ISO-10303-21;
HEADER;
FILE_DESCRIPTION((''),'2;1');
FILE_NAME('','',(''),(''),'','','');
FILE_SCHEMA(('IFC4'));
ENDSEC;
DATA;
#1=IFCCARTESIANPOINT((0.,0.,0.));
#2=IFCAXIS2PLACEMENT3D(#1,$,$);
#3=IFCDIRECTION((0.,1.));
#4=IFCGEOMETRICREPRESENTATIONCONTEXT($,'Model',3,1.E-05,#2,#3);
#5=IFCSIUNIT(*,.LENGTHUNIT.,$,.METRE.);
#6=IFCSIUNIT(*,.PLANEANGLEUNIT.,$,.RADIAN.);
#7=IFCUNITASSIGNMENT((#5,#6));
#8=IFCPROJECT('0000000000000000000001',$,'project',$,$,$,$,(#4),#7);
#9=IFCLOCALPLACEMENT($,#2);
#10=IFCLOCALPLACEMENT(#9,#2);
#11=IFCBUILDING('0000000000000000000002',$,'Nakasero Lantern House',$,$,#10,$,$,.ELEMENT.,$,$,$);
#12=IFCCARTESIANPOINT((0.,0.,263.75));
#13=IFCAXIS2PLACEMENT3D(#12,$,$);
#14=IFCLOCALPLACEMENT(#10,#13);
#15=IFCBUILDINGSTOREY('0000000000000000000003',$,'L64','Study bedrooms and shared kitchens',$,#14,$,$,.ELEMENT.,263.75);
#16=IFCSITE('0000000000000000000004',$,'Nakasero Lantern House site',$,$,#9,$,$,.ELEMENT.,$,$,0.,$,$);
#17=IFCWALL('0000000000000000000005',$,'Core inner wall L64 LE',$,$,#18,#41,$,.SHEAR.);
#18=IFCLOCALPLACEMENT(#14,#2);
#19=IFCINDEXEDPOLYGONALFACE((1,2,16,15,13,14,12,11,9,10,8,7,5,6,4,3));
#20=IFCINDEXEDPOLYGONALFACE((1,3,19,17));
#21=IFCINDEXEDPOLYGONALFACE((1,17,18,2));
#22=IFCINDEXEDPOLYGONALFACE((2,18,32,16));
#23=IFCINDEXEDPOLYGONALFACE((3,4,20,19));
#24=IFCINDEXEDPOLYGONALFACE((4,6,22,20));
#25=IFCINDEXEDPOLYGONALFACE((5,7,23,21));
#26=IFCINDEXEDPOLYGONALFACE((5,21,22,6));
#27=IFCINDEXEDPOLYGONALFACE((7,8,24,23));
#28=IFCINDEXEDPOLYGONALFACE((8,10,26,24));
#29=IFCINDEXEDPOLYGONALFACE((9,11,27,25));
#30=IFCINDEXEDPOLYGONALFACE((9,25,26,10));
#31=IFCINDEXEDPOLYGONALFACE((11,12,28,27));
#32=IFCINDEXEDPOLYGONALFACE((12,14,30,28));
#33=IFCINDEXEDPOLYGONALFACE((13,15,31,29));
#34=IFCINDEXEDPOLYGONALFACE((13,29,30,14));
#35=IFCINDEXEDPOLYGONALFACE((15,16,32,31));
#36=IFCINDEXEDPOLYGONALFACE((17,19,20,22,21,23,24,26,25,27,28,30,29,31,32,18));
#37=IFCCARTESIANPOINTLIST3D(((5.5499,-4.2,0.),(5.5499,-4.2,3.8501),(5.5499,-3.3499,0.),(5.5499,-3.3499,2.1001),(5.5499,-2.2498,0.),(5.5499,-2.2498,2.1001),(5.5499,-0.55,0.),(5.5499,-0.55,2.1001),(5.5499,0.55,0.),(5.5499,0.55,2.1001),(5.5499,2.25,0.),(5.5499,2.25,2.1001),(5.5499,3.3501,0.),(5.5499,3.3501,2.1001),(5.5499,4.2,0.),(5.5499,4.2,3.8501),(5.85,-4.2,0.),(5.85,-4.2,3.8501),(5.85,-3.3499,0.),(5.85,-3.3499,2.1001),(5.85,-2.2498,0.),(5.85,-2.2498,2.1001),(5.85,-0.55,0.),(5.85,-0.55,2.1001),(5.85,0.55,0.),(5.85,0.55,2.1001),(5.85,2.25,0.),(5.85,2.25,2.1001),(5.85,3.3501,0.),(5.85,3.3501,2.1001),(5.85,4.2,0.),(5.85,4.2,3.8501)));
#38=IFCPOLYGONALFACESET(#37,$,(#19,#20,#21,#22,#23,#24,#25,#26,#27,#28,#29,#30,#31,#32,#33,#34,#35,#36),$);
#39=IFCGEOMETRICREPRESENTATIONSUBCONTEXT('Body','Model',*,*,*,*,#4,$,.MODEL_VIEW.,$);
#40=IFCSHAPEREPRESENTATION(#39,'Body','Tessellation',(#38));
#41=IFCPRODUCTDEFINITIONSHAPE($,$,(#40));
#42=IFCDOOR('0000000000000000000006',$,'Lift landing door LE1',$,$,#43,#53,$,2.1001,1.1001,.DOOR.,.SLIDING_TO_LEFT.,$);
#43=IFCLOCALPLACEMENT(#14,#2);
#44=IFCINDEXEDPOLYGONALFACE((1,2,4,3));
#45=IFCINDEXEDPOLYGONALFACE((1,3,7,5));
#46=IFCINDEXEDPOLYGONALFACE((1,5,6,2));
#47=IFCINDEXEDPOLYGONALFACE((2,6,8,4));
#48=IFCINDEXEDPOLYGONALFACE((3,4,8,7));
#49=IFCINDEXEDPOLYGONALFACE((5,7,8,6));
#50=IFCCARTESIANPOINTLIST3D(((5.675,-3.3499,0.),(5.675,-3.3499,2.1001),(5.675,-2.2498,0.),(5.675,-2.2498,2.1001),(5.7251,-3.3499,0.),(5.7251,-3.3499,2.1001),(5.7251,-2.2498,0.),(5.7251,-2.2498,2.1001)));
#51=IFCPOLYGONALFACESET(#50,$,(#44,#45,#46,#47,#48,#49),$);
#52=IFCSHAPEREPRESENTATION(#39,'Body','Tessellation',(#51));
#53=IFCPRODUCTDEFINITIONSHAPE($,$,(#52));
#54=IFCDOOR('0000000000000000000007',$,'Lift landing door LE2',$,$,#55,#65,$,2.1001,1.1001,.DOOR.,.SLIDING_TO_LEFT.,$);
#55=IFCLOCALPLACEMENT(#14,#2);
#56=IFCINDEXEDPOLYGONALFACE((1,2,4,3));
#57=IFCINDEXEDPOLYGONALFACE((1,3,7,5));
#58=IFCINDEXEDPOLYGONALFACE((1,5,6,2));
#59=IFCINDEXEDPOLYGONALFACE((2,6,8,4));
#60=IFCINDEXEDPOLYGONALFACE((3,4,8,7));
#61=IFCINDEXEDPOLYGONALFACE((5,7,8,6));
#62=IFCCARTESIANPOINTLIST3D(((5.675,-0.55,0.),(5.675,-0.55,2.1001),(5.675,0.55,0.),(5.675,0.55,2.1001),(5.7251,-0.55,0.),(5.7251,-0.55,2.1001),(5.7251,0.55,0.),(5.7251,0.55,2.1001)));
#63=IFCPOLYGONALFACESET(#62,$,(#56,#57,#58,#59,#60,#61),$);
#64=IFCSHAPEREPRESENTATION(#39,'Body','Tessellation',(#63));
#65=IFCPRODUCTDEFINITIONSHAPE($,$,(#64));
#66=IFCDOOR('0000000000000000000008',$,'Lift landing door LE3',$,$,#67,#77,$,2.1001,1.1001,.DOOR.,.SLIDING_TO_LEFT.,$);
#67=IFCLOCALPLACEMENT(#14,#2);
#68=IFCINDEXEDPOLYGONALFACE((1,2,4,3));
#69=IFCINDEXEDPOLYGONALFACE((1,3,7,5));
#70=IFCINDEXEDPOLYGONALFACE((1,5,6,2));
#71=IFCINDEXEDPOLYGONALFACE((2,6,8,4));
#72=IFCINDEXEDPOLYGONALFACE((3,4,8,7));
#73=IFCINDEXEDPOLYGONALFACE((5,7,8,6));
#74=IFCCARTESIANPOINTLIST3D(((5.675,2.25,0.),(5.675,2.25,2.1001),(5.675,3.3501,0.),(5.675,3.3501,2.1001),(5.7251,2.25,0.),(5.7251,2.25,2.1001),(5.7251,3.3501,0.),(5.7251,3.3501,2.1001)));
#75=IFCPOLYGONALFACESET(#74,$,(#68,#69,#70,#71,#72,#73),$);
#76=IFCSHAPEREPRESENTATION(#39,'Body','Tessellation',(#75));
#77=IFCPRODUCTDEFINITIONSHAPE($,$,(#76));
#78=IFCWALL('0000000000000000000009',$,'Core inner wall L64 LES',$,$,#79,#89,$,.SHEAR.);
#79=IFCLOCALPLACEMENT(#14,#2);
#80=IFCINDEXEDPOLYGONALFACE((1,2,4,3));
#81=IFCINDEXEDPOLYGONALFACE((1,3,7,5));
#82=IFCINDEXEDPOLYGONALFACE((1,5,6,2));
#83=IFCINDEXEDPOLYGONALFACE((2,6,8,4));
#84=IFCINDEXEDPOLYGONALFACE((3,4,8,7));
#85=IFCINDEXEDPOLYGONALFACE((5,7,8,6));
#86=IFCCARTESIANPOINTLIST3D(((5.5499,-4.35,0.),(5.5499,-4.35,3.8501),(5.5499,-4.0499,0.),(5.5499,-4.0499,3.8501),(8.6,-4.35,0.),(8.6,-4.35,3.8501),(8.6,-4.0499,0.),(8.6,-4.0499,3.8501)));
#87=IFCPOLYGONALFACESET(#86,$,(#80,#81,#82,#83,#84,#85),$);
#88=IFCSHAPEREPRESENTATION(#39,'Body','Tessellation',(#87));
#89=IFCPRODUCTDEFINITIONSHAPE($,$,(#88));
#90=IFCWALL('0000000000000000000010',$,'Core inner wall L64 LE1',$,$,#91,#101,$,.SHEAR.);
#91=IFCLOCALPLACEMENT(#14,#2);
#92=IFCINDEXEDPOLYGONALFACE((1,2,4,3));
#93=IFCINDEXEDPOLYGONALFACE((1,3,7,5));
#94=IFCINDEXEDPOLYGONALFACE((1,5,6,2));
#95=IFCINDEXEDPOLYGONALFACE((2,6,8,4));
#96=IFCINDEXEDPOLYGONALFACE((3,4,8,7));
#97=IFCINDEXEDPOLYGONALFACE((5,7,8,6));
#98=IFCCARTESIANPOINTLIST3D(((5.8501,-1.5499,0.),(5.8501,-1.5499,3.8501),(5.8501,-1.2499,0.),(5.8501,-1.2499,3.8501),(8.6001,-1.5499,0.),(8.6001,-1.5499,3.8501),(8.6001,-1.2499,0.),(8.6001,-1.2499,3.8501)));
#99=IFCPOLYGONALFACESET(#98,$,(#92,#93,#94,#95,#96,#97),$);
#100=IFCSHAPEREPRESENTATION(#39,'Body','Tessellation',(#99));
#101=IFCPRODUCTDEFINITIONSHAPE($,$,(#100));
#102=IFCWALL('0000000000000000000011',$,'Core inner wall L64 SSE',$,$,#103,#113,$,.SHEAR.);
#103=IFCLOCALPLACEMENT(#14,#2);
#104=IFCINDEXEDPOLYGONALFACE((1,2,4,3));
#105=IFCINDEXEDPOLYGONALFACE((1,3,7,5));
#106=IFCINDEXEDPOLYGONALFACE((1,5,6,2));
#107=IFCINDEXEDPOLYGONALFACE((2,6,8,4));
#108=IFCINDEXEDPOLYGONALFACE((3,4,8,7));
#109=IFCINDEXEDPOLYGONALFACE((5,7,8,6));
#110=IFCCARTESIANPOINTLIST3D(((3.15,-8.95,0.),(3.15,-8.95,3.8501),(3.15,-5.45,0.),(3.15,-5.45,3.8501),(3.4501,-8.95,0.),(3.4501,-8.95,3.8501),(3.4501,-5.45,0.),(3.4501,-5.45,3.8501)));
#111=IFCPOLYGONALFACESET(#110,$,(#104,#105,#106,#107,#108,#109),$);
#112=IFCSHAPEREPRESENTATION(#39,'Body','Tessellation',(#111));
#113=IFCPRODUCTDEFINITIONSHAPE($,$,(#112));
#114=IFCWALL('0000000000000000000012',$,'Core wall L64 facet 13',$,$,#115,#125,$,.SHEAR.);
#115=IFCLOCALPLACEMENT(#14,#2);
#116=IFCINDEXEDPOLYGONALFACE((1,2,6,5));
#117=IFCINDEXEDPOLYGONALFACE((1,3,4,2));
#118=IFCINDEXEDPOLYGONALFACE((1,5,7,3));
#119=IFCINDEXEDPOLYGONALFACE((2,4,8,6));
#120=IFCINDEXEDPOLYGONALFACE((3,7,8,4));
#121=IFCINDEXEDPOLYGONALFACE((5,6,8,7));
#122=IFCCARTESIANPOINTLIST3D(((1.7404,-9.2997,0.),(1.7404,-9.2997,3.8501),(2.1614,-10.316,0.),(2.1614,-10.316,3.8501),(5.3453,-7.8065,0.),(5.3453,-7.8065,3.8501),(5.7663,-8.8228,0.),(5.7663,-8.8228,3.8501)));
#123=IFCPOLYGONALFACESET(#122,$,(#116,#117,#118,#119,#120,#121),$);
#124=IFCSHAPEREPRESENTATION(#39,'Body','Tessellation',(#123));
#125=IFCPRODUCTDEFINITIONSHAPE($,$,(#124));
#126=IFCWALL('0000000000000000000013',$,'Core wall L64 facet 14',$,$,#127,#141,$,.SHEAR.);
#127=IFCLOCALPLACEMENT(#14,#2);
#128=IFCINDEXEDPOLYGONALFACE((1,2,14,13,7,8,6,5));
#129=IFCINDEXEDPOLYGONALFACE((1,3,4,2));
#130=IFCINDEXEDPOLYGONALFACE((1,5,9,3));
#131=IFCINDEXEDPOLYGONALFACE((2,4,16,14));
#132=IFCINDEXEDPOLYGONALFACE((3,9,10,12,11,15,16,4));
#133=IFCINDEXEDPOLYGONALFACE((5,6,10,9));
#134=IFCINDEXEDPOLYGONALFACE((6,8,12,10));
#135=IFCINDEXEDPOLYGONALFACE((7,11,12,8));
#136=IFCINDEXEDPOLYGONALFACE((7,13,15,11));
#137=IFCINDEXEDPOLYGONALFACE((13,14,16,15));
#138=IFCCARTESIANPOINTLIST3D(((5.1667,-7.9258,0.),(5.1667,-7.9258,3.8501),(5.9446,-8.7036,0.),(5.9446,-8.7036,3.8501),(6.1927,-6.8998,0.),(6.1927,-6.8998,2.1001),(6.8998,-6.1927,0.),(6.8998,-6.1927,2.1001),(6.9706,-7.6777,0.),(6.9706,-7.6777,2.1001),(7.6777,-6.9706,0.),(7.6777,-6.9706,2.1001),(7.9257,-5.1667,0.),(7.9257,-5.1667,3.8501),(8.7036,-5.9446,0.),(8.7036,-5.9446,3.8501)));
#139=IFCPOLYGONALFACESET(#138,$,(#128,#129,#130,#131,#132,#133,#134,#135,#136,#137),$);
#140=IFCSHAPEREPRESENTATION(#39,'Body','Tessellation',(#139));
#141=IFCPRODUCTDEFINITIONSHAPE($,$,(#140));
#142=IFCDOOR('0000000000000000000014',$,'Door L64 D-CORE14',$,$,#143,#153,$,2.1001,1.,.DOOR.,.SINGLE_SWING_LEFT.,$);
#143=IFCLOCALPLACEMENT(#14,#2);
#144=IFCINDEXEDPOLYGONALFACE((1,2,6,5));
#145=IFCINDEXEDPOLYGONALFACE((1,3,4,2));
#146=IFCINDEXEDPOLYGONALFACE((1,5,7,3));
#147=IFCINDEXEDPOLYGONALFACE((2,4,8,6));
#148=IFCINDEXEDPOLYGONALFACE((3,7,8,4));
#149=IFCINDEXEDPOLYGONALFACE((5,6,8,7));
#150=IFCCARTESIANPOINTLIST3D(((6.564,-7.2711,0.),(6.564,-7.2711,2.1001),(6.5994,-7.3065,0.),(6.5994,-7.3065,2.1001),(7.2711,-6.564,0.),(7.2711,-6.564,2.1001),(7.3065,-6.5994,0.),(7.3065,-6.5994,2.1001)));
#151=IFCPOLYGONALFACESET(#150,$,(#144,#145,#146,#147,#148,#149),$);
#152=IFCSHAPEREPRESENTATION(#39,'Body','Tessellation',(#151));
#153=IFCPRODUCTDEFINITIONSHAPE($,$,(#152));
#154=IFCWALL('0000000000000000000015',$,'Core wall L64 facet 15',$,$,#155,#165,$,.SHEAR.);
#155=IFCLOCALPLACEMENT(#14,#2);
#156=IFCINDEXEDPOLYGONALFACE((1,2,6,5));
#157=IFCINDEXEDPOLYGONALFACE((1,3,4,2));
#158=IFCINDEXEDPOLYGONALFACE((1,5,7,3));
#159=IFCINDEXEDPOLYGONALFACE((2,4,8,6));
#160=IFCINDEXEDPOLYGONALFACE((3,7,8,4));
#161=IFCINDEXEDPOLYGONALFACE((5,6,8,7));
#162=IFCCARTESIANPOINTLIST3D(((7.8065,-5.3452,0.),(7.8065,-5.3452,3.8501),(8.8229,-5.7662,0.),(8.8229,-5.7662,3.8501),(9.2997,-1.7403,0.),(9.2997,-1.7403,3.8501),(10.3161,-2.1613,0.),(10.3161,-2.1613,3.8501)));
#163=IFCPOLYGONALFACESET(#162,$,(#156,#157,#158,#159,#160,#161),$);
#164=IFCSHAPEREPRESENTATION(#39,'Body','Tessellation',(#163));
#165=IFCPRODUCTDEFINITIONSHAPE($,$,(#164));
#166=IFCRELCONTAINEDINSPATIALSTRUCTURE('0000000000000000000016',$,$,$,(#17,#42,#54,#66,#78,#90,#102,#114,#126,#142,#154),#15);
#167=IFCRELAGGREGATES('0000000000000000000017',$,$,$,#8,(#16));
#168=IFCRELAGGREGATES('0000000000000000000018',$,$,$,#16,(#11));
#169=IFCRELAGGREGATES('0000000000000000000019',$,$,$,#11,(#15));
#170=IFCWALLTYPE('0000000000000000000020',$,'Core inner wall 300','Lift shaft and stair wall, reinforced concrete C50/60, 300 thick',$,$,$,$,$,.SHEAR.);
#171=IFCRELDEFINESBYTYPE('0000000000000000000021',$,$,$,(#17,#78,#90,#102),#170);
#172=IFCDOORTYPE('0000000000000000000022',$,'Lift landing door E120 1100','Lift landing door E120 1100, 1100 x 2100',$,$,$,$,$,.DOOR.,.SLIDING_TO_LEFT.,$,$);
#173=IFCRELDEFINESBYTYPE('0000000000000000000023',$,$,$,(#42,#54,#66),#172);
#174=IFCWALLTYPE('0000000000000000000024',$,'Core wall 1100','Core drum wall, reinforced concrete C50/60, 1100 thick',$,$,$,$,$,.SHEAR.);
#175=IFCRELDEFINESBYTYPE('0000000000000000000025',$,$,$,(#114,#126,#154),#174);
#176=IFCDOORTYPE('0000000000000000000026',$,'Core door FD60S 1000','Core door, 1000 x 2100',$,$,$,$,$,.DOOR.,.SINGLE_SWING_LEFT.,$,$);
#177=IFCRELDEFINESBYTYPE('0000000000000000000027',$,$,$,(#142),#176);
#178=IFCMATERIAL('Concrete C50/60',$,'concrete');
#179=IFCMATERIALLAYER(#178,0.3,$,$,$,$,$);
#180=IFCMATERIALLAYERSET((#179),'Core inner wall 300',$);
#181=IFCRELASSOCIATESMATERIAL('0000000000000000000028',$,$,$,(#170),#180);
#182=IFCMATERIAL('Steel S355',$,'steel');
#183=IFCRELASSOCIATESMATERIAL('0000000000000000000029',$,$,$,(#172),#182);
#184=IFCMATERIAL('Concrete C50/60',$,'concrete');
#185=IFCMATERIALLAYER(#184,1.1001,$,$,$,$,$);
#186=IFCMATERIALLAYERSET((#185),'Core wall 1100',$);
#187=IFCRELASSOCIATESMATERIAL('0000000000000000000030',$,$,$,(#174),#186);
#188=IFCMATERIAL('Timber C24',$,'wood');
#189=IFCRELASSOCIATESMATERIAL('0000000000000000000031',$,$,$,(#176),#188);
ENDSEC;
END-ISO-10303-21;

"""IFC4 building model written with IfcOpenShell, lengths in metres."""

from ifc_helpers import new_model, si_unit, direction, frame, frame_2d, origin, place, context, subcontext, project, spatial, rectangle, extrude, material, layer, layer_set, type_object, element, fill, save


model = new_model("IFC4")

# Units and contexts
model_context = context("Model", 3, precision=1e-05, world=origin(), true_north=direction((0.0, 1.0)))
body_context = subcontext(model_context, "Body", "Model", "MODEL_VIEW")
ifc_project = project(units=[si_unit("LENGTHUNIT", "METRE"), si_unit("PLANEANGLEUNIT", "RADIAN")], contexts=[model_context])

# Site, building, storey
site_placement = place(None, origin())
site = spatial("IfcSite", under=ifc_project, at=site_placement, Name="Nakasero Lantern House site", CompositionType="ELEMENT", RefElevation=0.0)
building_placement = place(site_placement, origin())
building = spatial("IfcBuilding", under=site, at=building_placement, Name="Nakasero Lantern House", CompositionType="ELEMENT")
storey_placement = place(building_placement, frame((0.0, 0.0, 263.75)))
storey = spatial("IfcBuildingStorey", under=building, at=storey_placement, Name="L64", Description="Study bedrooms and shared kitchens", CompositionType="ELEMENT", Elevation=263.75)

# Wall, openings, doors
ifc_material_1 = material(Name="Concrete C50/60", Category="concrete")
ifc_layer_1 = layer(ifc_material_1, 0.3)
ifc_layer_set_1 = layer_set([ifc_layer_1], Name="Core inner wall 300")
wall_type_1 = type_object("IfcWallType", Name="Core inner wall 300", Description="Lift shaft and stair wall, reinforced concrete C50/60, 300 thick", PredefinedType="SHEAR", material=ifc_layer_set_1)
wall_1_placement = place(storey_placement, frame((5.7, -4.2, 0.0), z_axis=(0.0, 0.0, 1.0), x_axis=(0.0, 1.0, 0.0)))
wall_1 = element("IfcWall", 1, at=wall_1_placement, inside=storey, type_object=wall_type_1, Name="Core inner wall L64 LE", PredefinedType="SHEAR", context=body_context, shape_type="SweptSolid", body=[
    extrude(rectangle(XDim=8.3999, YDim=0.3, at=frame_2d((4.2, 0.0))), origin(), (0.0, 0.0, 1.0), 3.8501),
])
opening_1_placement = place(wall_1_placement, frame((0.8501, 0.0, 0.0)))
opening_1 = element("IfcOpeningElement", 2, at=opening_1_placement, cuts=wall_1, PredefinedType="OPENING", context=body_context, shape_type="SweptSolid", body=[
    extrude(rectangle(XDim=1.1001, YDim=2.1001, at=frame_2d((0.55, 1.05))), frame((0.0, 0.1699, 0.0), z_axis=(0.0, -1.0, 0.0), x_axis=(1.0, 0.0, 0.0)), (0.0, 0.0, 1.0), 0.3401),
])
opening_2_placement = place(wall_1_placement, frame((3.6499, 0.0, 0.0)))
opening_2 = element("IfcOpeningElement", 3, at=opening_2_placement, cuts=wall_1, PredefinedType="OPENING", context=body_context, shape_type="SweptSolid", body=[
    extrude(rectangle(XDim=1.1001, YDim=2.1001, at=frame_2d((0.55, 1.05))), frame((0.0, 0.1699, 0.0), z_axis=(0.0, -1.0, 0.0), x_axis=(1.0, 0.0, 0.0)), (0.0, 0.0, 1.0), 0.3401),
])
opening_3_placement = place(wall_1_placement, frame((6.45, 0.0, 0.0)))
opening_3 = element("IfcOpeningElement", 4, at=opening_3_placement, cuts=wall_1, PredefinedType="OPENING", context=body_context, shape_type="SweptSolid", body=[
    extrude(rectangle(XDim=1.1001, YDim=2.1001, at=frame_2d((0.55, 1.05))), frame((0.0, 0.1699, 0.0), z_axis=(0.0, -1.0, 0.0), x_axis=(1.0, 0.0, 0.0)), (0.0, 0.0, 1.0), 0.3401),
])
ifc_material_2 = material(Name="Steel S355", Category="steel")
door_type_1 = type_object("IfcDoorType", Name="Lift landing door E120 1100", Description="Lift landing door E120 1100, 1100 x 2100", OperationType="SLIDING_TO_LEFT", PredefinedType="DOOR", material=ifc_material_2)
door_1_placement = place(opening_1_placement, origin())
door_1 = element("IfcDoor", 5, at=door_1_placement, inside=storey, type_object=door_type_1, Name="Lift landing door LE1", OperationType="SLIDING_TO_LEFT", OverallHeight=2.1001, OverallWidth=1.1001, PredefinedType="DOOR", context=body_context, shape_type="SweptSolid", body=[
    extrude(rectangle(XDim=1.1001, YDim=2.1001, at=frame_2d((0.55, 1.05))), frame((0.0, 0.0249, 0.0), z_axis=(0.0, -1.0, 0.0), x_axis=(1.0, 0.0, 0.0)), (0.0, 0.0, 1.0), 0.05),
])
fill(opening_1, door_1)
door_2_placement = place(opening_2_placement, origin())
door_2 = element("IfcDoor", 6, at=door_2_placement, inside=storey, type_object=door_type_1, Name="Lift landing door LE2", OperationType="SLIDING_TO_LEFT", OverallHeight=2.1001, OverallWidth=1.1001, PredefinedType="DOOR", context=body_context, shape_type="SweptSolid", body=[
    extrude(rectangle(XDim=1.1001, YDim=2.1001, at=frame_2d((0.55, 1.05))), frame((0.0, 0.0249, 0.0), z_axis=(0.0, -1.0, 0.0), x_axis=(1.0, 0.0, 0.0)), (0.0, 0.0, 1.0), 0.05),
])
fill(opening_2, door_2)
door_3_placement = place(opening_3_placement, origin())
door_3 = element("IfcDoor", 7, at=door_3_placement, inside=storey, type_object=door_type_1, Name="Lift landing door LE3", OperationType="SLIDING_TO_LEFT", OverallHeight=2.1001, OverallWidth=1.1001, PredefinedType="DOOR", context=body_context, shape_type="SweptSolid", body=[
    extrude(rectangle(XDim=1.1001, YDim=2.1001, at=frame_2d((0.55, 1.05))), frame((0.0, 0.0249, 0.0), z_axis=(0.0, -1.0, 0.0), x_axis=(1.0, 0.0, 0.0)), (0.0, 0.0, 1.0), 0.05),
])
fill(opening_3, door_3)

# Walls
wall_2_placement = place(storey_placement, frame((5.55, -4.2, 0.0), z_axis=(0.0, 0.0, 1.0), x_axis=(1.0, 0.0, 0.0)))
element("IfcWall", 8, at=wall_2_placement, inside=storey, type_object=wall_type_1, Name="Core inner wall L64 LES", PredefinedType="SHEAR", context=body_context, shape_type="SweptSolid", body=[
    extrude(rectangle(XDim=3.05, YDim=0.3, at=frame_2d((1.5249, 0.0))), origin(), (0.0, 0.0, 1.0), 3.8501),
])
wall_3_placement = place(storey_placement, frame((5.8501, -1.3999, 0.0), z_axis=(0.0, 0.0, 1.0), x_axis=(1.0, 0.0, 0.0)))
element("IfcWall", 9, at=wall_3_placement, inside=storey, type_object=wall_type_1, Name="Core inner wall L64 LE1", PredefinedType="SHEAR", context=body_context, shape_type="SweptSolid", body=[
    extrude(rectangle(XDim=2.75, YDim=0.3, at=frame_2d((1.375, 0.0))), origin(), (0.0, 0.0, 1.0), 3.8501),
])
wall_4_placement = place(storey_placement, frame((3.3, -5.45, 0.0), z_axis=(0.0, 0.0, 1.0), x_axis=(0.0, -1.0, 0.0)))
element("IfcWall", 10, at=wall_4_placement, inside=storey, type_object=wall_type_1, Name="Core inner wall L64 SSE", PredefinedType="SHEAR", context=body_context, shape_type="SweptSolid", body=[
    extrude(rectangle(XDim=3.5, YDim=0.3, at=frame_2d((1.75, 0.0))), origin(), (0.0, 0.0, 1.0), 3.8501),
])
ifc_material_3 = material(Name="Concrete C50/60", Category="concrete")
ifc_layer_2 = layer(ifc_material_3, 1.1001)
ifc_layer_set_2 = layer_set([ifc_layer_2], Name="Core wall 1100")
wall_type_2 = type_object("IfcWallType", Name="Core wall 1100", Description="Core drum wall, reinforced concrete C50/60, 1100 thick", PredefinedType="SHEAR", material=ifc_layer_set_2)
wall_5_placement = place(storey_placement, frame((1.9509, -9.8079, 0.0), z_axis=(0.0, 0.0, 1.0), x_axis=(0.923877, 0.382691, 0.0)))
element("IfcWall", 11, at=wall_5_placement, inside=storey, type_object=wall_type_2, Name="Core wall L64 facet 13", PredefinedType="SHEAR", context=body_context, shape_type="SweptSolid", body=[
    extrude(rectangle(XDim=3.9019, YDim=1.1001, at=frame_2d((1.9509, 0.0))), origin(), (0.0, 0.0, 1.0), 3.8501),
])

# Wall, opening, door
wall_6_placement = place(storey_placement, frame((5.5557, -8.3147, 0.0), z_axis=(0.0, 0.0, 1.0), x_axis=(0.707107, 0.707107, 0.0)))
wall_6 = element("IfcWall", 12, at=wall_6_placement, inside=storey, type_object=wall_type_2, Name="Core wall L64 facet 14", PredefinedType="SHEAR", context=body_context, shape_type="SweptSolid", body=[
    extrude(rectangle(XDim=3.9019, YDim=1.1001, at=frame_2d((1.9509, 0.0))), origin(), (0.0, 0.0, 1.0), 3.8501),
])
opening_4_placement = place(wall_6_placement, frame((1.4509, 0.0, 0.0)))
opening_4 = element("IfcOpeningElement", 13, at=opening_4_placement, cuts=wall_6, PredefinedType="OPENING", context=body_context, shape_type="SweptSolid", body=[
    extrude(rectangle(XDim=1.0, YDim=2.1001, at=frame_2d((0.5, 1.05))), frame((0.0, 0.5701, 0.0), z_axis=(0.0, -1.0, 0.0), x_axis=(1.0, 0.0, 0.0)), (0.0, 0.0, 1.0), 1.1401),
])
ifc_material_4 = material(Name="Timber C24", Category="wood")
door_type_2 = type_object("IfcDoorType", Name="Core door FD60S 1000", Description="Core door, 1000 x 2100", OperationType="SINGLE_SWING_LEFT", PredefinedType="DOOR", material=ifc_material_4)
door_4_placement = place(opening_4_placement, origin())
door_4 = element("IfcDoor", 14, at=door_4_placement, inside=storey, type_object=door_type_2, Name="Door L64 D-CORE14", OperationType="SINGLE_SWING_LEFT", OverallHeight=2.1001, OverallWidth=1.0, PredefinedType="DOOR", context=body_context, shape_type="SweptSolid", body=[
    extrude(rectangle(XDim=1.0, YDim=2.1001, at=frame_2d((0.5, 1.05))), frame((0.0, 0.0249, 0.0), z_axis=(0.0, -1.0, 0.0), x_axis=(1.0, 0.0, 0.0)), (0.0, 0.0, 1.0), 0.05),
])
fill(opening_4, door_4)

# Wall
wall_7_placement = place(storey_placement, frame((8.3147, -5.5557, 0.0), z_axis=(0.0, 0.0, 1.0), x_axis=(0.382691, 0.923877, 0.0)))
element("IfcWall", 15, at=wall_7_placement, inside=storey, type_object=wall_type_2, Name="Core wall L64 facet 15", PredefinedType="SHEAR", context=body_context, shape_type="SweptSolid", body=[
    extrude(rectangle(XDim=3.9019, YDim=1.1001, at=frame_2d((1.9509, 0.0))), origin(), (0.0, 0.0, 1.0), 3.8501),
])

save(model, "model.ifc")
